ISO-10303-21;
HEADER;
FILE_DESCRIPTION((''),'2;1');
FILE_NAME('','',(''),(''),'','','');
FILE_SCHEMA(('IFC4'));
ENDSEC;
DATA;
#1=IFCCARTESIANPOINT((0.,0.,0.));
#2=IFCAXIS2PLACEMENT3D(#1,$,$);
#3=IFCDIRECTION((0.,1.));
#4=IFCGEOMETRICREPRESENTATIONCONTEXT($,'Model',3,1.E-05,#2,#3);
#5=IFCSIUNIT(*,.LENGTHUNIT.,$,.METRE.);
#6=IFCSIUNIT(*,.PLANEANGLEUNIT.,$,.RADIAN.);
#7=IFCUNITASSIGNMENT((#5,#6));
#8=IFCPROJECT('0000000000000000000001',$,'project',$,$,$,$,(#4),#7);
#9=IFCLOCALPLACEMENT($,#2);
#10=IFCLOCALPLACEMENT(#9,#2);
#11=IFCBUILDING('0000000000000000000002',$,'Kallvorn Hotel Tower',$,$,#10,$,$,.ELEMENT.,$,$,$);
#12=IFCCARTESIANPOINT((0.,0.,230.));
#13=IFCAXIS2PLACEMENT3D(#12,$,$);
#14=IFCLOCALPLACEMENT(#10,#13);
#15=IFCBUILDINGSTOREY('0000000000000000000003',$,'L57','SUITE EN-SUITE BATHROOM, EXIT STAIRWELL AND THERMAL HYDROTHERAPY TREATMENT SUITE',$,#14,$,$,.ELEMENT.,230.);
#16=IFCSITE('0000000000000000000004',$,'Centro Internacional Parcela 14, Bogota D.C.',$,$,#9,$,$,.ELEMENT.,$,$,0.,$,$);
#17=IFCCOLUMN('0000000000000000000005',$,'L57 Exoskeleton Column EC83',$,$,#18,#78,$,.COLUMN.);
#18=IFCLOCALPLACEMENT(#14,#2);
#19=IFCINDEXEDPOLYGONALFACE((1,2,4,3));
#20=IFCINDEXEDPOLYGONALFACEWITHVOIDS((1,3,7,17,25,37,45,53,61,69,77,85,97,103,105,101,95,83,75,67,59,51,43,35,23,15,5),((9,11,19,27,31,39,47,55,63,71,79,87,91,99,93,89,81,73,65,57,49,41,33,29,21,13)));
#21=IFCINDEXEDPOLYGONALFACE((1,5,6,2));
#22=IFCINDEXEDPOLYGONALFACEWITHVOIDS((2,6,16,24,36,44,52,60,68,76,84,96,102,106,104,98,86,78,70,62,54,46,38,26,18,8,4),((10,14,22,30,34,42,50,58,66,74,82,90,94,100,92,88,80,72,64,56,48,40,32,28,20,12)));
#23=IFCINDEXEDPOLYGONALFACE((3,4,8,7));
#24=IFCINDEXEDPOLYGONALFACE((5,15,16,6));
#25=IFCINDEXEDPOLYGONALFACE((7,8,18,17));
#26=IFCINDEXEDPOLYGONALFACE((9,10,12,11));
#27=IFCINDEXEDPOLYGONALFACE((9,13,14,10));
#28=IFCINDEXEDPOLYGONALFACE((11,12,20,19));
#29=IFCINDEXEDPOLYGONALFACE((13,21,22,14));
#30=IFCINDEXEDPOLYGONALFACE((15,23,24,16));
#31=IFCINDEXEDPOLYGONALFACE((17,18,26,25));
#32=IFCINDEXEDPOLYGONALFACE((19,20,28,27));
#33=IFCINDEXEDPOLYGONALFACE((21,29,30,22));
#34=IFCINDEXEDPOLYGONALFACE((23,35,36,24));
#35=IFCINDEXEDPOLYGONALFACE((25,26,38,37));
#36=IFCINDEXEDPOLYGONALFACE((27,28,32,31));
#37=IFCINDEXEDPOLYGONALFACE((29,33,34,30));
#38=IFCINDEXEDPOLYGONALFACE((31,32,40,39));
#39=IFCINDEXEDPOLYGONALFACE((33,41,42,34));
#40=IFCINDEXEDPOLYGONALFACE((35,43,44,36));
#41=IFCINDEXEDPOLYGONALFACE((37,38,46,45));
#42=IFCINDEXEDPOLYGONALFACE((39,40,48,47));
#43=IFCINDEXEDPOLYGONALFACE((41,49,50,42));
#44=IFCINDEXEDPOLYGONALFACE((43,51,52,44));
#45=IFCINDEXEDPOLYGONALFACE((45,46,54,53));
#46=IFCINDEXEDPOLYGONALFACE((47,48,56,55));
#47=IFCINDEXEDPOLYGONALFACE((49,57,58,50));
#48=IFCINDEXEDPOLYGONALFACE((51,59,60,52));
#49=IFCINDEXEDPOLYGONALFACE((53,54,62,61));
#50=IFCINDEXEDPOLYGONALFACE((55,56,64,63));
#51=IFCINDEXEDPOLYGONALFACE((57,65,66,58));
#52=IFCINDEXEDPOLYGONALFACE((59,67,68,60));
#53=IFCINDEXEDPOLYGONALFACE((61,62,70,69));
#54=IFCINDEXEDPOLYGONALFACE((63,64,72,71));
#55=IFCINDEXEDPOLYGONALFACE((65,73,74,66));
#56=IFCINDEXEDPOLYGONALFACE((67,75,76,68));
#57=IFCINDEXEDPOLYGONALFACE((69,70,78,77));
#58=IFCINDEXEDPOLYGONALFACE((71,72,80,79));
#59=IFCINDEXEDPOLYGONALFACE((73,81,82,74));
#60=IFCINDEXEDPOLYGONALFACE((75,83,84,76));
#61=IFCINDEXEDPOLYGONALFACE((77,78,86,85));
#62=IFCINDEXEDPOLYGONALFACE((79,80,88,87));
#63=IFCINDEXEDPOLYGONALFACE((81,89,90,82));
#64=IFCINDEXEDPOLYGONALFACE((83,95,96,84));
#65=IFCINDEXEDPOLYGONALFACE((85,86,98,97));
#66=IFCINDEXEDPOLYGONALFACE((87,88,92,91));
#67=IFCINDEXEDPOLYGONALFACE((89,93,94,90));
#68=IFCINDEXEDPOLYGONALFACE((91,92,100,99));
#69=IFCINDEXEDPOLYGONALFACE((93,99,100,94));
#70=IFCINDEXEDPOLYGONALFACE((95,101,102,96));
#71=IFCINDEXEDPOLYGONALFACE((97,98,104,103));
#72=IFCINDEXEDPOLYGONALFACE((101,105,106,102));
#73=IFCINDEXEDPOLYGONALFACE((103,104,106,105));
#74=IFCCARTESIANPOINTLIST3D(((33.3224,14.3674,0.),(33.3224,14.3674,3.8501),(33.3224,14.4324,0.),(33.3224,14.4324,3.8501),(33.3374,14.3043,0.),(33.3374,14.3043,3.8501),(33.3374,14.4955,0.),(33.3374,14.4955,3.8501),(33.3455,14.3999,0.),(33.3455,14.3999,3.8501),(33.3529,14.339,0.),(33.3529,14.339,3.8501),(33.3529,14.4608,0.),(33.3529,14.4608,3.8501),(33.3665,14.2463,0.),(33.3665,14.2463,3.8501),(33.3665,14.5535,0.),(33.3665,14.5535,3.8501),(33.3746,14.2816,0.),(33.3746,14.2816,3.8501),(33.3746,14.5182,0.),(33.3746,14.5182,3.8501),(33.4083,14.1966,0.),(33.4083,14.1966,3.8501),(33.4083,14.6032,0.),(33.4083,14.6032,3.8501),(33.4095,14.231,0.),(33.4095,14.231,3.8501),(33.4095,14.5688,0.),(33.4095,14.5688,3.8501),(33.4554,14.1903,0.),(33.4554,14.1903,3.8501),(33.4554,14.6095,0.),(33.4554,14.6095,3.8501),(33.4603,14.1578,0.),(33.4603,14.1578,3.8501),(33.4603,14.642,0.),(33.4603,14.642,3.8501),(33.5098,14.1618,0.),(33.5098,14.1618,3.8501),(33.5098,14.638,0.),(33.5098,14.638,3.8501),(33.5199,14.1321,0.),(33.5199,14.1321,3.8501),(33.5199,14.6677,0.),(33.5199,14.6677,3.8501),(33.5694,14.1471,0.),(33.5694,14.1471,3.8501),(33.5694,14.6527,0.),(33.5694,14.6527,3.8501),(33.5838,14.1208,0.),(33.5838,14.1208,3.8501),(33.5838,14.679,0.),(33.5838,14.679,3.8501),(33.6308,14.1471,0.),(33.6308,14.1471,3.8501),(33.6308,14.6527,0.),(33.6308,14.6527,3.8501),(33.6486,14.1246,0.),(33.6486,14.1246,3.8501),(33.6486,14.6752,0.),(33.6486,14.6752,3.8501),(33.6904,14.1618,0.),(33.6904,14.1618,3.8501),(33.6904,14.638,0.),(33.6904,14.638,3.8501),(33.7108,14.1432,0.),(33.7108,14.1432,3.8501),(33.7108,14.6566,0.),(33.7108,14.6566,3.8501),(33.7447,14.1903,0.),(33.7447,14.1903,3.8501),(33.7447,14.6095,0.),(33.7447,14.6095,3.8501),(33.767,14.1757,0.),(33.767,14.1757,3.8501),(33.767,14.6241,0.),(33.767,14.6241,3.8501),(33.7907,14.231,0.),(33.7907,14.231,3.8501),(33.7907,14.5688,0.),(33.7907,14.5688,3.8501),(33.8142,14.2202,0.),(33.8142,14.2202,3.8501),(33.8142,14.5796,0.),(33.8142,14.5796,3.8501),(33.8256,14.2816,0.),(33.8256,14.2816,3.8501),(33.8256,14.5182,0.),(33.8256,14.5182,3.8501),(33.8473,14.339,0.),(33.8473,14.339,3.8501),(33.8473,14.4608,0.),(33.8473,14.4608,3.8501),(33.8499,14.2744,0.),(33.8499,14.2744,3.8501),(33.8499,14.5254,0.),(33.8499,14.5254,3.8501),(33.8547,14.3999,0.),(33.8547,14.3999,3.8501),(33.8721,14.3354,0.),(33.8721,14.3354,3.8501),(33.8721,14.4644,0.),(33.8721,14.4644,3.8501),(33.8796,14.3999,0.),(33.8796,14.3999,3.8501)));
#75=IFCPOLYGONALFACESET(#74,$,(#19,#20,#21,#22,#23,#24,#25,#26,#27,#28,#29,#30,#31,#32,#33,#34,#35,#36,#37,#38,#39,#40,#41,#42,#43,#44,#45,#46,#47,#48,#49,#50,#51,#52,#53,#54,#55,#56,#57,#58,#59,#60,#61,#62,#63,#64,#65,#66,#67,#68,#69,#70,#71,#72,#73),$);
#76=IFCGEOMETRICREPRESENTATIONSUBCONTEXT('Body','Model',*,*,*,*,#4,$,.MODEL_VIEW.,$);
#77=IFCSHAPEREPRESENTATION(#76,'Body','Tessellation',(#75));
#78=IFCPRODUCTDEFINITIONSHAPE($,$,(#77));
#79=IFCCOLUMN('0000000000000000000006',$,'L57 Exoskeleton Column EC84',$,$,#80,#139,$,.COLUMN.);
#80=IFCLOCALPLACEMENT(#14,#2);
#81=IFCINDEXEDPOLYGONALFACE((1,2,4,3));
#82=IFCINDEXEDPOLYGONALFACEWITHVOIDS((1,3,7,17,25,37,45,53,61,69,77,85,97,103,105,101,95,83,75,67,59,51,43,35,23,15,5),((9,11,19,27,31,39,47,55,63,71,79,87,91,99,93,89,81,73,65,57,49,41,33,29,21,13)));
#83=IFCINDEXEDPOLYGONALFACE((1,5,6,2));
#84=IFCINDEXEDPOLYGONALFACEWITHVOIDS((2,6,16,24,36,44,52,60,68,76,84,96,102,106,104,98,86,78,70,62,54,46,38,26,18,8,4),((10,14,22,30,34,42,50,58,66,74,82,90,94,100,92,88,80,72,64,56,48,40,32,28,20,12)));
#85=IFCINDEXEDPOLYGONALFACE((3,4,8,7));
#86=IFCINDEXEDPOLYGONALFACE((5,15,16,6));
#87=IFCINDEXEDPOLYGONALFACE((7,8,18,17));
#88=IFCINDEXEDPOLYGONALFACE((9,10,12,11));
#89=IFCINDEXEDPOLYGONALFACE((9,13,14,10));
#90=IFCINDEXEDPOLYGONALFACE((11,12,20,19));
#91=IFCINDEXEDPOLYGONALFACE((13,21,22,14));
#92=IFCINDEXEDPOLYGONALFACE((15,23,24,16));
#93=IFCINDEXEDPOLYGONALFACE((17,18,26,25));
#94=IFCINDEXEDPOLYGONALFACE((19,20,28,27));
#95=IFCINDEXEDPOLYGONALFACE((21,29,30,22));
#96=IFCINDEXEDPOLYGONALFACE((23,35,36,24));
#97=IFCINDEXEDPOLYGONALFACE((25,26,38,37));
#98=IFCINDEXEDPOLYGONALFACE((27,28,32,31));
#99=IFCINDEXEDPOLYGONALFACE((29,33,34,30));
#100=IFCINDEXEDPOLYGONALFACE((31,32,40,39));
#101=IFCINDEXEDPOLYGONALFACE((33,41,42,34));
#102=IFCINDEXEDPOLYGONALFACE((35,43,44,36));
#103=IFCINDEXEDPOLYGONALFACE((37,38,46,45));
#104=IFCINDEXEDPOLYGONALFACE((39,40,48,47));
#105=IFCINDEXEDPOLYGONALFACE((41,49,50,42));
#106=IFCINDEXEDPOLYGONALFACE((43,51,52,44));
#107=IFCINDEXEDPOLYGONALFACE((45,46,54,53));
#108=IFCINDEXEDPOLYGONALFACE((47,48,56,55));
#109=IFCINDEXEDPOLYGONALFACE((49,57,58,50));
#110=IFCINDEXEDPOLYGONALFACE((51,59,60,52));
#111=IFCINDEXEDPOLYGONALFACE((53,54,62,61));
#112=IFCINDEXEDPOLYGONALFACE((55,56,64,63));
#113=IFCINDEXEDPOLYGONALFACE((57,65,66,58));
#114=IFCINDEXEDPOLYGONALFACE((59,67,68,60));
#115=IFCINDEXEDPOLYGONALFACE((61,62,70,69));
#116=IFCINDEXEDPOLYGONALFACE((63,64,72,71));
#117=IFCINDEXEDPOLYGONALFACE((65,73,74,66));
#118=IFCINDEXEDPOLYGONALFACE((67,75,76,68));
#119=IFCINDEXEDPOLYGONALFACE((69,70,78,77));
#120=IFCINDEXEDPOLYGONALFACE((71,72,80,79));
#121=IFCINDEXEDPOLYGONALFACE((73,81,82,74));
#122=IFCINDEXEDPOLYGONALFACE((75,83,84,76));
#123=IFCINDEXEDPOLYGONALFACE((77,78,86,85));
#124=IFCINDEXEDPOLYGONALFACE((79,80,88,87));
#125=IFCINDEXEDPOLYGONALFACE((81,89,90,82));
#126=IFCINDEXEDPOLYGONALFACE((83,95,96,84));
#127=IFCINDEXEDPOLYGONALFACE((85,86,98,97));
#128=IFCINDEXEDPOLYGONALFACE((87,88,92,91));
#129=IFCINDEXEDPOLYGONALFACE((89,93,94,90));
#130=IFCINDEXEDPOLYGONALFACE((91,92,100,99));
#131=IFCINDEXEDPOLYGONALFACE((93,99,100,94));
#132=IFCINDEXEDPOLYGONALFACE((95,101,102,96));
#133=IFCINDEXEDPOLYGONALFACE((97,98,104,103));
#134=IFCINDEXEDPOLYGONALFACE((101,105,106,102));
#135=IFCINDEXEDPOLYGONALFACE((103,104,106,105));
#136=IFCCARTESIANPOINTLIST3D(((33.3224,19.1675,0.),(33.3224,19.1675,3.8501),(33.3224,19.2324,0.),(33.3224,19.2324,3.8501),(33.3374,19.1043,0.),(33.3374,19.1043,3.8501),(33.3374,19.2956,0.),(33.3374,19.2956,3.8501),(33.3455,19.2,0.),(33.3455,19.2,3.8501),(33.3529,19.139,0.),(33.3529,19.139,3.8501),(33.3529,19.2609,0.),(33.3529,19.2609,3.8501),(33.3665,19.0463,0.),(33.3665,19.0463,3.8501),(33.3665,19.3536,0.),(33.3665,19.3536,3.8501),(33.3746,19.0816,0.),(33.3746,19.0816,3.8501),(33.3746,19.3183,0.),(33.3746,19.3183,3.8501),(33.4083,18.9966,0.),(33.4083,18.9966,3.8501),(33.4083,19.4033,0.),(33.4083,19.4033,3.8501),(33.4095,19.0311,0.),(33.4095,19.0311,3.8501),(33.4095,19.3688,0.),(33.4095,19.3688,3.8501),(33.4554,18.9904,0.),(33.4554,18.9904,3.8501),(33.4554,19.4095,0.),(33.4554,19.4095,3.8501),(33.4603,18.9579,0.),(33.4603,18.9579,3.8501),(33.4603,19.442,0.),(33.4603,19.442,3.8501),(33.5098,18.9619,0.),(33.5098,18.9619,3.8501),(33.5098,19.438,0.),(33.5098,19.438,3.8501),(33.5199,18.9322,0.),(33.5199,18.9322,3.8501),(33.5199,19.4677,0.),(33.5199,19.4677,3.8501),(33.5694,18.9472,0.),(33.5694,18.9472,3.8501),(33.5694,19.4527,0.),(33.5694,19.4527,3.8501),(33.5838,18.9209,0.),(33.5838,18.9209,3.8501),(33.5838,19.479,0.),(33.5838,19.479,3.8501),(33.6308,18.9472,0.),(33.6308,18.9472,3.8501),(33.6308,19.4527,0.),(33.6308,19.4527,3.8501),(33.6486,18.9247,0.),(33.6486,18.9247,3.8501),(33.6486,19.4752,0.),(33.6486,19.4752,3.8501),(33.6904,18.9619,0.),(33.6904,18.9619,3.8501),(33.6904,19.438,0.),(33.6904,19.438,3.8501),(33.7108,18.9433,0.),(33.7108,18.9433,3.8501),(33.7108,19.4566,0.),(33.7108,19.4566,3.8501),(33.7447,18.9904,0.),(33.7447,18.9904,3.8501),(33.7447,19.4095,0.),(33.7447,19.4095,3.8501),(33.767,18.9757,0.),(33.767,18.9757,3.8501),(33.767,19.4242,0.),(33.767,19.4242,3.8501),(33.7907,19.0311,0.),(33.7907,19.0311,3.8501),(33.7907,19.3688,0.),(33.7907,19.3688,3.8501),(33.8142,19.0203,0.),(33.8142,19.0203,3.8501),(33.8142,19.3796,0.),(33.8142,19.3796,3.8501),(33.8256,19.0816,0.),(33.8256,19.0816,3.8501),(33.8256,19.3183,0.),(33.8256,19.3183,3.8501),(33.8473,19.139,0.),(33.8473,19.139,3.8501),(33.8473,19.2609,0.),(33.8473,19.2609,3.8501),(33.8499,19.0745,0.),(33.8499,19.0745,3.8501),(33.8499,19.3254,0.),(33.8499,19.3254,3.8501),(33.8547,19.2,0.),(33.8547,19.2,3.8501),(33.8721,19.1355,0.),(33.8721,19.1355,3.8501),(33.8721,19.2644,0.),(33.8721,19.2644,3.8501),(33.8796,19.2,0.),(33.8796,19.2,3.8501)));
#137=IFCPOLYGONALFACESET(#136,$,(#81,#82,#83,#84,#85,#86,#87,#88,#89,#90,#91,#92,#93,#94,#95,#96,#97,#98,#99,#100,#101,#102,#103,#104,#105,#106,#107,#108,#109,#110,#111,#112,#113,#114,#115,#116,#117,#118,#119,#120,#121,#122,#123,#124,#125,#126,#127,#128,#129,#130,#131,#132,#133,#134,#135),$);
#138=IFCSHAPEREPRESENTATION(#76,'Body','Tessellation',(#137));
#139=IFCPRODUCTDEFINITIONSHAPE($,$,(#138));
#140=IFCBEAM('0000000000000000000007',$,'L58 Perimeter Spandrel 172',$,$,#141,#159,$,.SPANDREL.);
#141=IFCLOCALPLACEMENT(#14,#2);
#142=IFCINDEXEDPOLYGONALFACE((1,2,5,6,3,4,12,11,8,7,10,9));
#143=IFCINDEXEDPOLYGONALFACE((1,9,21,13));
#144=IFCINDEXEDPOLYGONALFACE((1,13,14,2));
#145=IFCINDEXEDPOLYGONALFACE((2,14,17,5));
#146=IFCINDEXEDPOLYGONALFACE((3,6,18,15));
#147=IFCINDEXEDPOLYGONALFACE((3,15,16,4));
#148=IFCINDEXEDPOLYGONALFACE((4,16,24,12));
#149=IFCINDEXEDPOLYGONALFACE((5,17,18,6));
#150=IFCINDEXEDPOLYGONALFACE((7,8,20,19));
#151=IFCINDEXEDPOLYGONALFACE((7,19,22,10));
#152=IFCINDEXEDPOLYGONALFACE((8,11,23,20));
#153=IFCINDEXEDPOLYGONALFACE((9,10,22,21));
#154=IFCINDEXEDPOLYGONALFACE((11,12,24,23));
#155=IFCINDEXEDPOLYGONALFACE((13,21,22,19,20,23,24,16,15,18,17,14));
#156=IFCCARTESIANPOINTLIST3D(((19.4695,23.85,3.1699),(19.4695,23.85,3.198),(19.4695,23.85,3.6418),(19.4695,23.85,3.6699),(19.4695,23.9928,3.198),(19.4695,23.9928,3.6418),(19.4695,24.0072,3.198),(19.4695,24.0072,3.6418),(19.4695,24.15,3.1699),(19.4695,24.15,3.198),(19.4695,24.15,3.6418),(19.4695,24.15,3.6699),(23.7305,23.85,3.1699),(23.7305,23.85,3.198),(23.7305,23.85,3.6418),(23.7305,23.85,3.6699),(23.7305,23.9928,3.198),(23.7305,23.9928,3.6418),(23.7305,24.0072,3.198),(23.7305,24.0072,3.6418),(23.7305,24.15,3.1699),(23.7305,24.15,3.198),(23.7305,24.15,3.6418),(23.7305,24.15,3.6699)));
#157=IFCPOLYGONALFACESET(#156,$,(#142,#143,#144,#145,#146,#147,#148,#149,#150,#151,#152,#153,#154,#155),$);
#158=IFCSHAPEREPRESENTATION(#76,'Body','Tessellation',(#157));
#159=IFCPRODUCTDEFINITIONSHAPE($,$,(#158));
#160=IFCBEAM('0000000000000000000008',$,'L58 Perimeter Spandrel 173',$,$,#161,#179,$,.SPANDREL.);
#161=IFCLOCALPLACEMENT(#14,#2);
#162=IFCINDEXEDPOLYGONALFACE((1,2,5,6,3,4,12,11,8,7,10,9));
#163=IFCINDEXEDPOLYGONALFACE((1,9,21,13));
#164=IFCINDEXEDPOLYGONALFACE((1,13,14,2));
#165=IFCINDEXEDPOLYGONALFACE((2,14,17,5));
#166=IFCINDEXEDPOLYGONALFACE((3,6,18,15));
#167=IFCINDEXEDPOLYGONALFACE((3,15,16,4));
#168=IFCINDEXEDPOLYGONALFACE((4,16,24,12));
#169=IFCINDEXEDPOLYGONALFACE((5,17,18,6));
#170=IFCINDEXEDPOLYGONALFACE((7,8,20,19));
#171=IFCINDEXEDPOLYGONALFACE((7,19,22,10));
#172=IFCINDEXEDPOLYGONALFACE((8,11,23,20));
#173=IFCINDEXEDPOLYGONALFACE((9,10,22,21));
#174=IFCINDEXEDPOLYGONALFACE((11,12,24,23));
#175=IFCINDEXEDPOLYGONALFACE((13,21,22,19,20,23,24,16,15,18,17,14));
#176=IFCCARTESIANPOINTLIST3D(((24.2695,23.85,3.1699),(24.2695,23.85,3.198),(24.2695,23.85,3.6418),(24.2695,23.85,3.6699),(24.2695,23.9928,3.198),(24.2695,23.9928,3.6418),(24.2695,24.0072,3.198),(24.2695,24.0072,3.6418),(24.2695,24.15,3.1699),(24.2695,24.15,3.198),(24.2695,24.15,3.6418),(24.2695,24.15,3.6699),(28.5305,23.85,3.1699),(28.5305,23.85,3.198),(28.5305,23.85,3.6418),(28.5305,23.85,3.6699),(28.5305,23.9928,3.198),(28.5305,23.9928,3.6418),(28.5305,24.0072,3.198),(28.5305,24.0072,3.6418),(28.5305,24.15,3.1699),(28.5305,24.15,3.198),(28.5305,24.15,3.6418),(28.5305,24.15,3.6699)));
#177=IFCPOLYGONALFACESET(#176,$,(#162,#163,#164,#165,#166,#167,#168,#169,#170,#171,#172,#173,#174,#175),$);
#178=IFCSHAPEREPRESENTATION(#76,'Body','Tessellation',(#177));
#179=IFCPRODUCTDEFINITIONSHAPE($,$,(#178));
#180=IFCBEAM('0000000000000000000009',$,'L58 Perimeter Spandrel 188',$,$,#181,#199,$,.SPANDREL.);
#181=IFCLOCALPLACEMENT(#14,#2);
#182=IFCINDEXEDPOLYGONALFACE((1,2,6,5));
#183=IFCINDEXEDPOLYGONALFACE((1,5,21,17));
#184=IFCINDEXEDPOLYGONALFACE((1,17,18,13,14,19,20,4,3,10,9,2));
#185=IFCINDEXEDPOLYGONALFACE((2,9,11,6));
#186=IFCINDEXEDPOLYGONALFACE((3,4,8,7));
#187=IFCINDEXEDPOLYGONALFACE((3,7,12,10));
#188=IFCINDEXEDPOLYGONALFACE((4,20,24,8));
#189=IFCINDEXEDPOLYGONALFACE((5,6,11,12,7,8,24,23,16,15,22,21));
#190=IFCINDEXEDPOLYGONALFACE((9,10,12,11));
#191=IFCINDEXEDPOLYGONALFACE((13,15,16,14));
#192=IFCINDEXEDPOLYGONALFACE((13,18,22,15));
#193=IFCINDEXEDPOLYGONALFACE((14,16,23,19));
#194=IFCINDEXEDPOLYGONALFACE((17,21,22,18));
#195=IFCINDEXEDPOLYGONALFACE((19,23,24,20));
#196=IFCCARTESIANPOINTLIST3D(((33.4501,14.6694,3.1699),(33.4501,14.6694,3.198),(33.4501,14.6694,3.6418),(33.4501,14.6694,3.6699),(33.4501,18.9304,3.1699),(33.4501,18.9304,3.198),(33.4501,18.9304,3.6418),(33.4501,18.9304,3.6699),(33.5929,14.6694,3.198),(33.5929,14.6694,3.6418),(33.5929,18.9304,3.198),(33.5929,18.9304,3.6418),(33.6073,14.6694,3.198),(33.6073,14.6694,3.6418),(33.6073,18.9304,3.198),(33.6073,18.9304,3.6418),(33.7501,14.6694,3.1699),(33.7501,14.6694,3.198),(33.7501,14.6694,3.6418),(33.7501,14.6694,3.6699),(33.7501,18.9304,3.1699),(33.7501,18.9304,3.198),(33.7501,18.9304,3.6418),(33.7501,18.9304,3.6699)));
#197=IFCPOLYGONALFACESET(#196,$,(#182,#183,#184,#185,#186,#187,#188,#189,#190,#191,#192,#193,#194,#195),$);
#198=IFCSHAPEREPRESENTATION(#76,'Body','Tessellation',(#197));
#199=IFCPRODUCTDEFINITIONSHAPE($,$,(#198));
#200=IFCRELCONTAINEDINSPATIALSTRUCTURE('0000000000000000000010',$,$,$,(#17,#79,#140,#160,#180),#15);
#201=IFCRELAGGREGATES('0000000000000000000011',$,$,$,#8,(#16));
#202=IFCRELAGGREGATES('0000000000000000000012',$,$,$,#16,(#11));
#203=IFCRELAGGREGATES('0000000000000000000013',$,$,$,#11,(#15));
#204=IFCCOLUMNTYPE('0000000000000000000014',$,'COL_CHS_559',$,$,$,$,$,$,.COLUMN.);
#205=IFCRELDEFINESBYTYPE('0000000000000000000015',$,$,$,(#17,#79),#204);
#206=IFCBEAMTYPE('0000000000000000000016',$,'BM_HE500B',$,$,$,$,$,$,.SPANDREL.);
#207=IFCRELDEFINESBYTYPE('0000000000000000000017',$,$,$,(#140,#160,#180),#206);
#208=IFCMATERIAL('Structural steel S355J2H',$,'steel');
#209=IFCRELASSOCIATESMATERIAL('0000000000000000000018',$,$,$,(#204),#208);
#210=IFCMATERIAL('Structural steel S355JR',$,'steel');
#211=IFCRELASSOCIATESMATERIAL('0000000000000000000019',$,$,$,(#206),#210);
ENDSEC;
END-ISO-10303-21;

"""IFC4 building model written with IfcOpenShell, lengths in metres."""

from ifc_helpers import new_model, si_unit, direction, frame, origin, origin_2d, place, context, subcontext, project, spatial, hollow_circle, i_section, extrude, material, material_profile, profile_set, type_object, element, save


model = new_model("IFC4")

# Units and contexts
model_context = context("Model", 3, precision=1e-05, world=origin(), true_north=direction((0.0, 1.0)))
body_context = subcontext(model_context, "Body", "Model", "MODEL_VIEW")
ifc_project = project(units=[si_unit("LENGTHUNIT", "METRE"), si_unit("PLANEANGLEUNIT", "RADIAN")], contexts=[model_context])

# Site, building, storey
site_placement = place(None, origin())
site = spatial("IfcSite", under=ifc_project, at=site_placement, Name="Centro Internacional Parcela 14, Bogota D.C.", CompositionType="ELEMENT", RefElevation=0.0)
building_placement = place(site_placement, origin())
building = spatial("IfcBuilding", under=site, at=building_placement, Name="Kallvorn Hotel Tower", CompositionType="ELEMENT")
storey_placement = place(building_placement, frame((0.0, 0.0, 230.0)))
storey = spatial("IfcBuildingStorey", under=building, at=storey_placement, Name="L57", Description="SUITE EN-SUITE BATHROOM, EXIT STAIRWELL AND THERMAL HYDROTHERAPY TREATMENT SUITE", CompositionType="ELEMENT", Elevation=230.0)

# Columns
ifc_material_1 = material(Name="Structural steel S355J2H", Category="steel")
ifc_material_profile_1 = material_profile(ifc_material_1, hollow_circle(Radius=0.2795, WallThickness=0.0249, at=origin_2d()), Name="CHS 559x25")
ifc_profile_set_1 = profile_set([ifc_material_profile_1], Name="Structural steel S355J2H")
column_type = type_object("IfcColumnType", Name="COL_CHS_559", PredefinedType="COLUMN", material=ifc_profile_set_1)
for number, where, z_axis, x_axis, name in (
    (1, (33.6001, 14.3999, 0.0), (0.0, 0.0, 1.0), (1.0, 0.0, 0.0), "L57 Exoskeleton Column EC83"),
    (2, (33.6001, 19.2, 0.0), (0.0, 0.0, 1.0), (1.0, 0.0, 0.0), "L57 Exoskeleton Column EC84"),
):
    element("IfcColumn", number, at=place(storey_placement, frame(where, z_axis=z_axis, x_axis=x_axis)), inside=storey, type_object=column_type, Name=name, PredefinedType="COLUMN", context=body_context, shape_type="SweptSolid", body=[
        extrude(hollow_circle(Radius=0.2795, WallThickness=0.0249, at=origin_2d()), origin(), (0.0, 0.0, 1.0), 3.8501),
    ])

# Beams
ifc_material_2 = material(Name="Structural steel S355JR", Category="steel")
ifc_material_profile_2 = material_profile(ifc_material_2, i_section(OverallWidth=0.3, OverallDepth=0.5, WebThickness=0.0144, FlangeThickness=0.0281, at=origin_2d()), Name="HE 500 B")
ifc_profile_set_2 = profile_set([ifc_material_profile_2], Name="Structural steel S355JR")
beam_type_1 = type_object("IfcBeamType", Name="BM_HE500B", PredefinedType="SPANDREL", material=ifc_profile_set_2)
for number, where, z_axis, x_axis, name in (
    (3, (19.4695, 24.0, 3.4199), (1.0, 0.0, 0.0), (0.0, 1.0, 0.0), "L58 Perimeter Spandrel 172"),
    (4, (24.2695, 24.0, 3.4199), (1.0, 0.0, 0.0), (0.0, 1.0, 0.0), "L58 Perimeter Spandrel 173"),
    (5, (33.6001, 14.6694, 3.4199), (0.0, 1.0, 0.0), (-1.0, 0.0, 0.0), "L58 Perimeter Spandrel 188"),
):
    element("IfcBeam", number, at=place(storey_placement, frame(where, z_axis=z_axis, x_axis=x_axis)), inside=storey, type_object=beam_type_1, Name=name, PredefinedType="SPANDREL", context=body_context, shape_type="SweptSolid", body=[
        extrude(i_section(OverallWidth=0.3, OverallDepth=0.5, WebThickness=0.0144, FlangeThickness=0.0281, at=origin_2d()), origin(), (0.0, 0.0, 1.0), 4.261),
    ])

save(model, "model.ifc")
